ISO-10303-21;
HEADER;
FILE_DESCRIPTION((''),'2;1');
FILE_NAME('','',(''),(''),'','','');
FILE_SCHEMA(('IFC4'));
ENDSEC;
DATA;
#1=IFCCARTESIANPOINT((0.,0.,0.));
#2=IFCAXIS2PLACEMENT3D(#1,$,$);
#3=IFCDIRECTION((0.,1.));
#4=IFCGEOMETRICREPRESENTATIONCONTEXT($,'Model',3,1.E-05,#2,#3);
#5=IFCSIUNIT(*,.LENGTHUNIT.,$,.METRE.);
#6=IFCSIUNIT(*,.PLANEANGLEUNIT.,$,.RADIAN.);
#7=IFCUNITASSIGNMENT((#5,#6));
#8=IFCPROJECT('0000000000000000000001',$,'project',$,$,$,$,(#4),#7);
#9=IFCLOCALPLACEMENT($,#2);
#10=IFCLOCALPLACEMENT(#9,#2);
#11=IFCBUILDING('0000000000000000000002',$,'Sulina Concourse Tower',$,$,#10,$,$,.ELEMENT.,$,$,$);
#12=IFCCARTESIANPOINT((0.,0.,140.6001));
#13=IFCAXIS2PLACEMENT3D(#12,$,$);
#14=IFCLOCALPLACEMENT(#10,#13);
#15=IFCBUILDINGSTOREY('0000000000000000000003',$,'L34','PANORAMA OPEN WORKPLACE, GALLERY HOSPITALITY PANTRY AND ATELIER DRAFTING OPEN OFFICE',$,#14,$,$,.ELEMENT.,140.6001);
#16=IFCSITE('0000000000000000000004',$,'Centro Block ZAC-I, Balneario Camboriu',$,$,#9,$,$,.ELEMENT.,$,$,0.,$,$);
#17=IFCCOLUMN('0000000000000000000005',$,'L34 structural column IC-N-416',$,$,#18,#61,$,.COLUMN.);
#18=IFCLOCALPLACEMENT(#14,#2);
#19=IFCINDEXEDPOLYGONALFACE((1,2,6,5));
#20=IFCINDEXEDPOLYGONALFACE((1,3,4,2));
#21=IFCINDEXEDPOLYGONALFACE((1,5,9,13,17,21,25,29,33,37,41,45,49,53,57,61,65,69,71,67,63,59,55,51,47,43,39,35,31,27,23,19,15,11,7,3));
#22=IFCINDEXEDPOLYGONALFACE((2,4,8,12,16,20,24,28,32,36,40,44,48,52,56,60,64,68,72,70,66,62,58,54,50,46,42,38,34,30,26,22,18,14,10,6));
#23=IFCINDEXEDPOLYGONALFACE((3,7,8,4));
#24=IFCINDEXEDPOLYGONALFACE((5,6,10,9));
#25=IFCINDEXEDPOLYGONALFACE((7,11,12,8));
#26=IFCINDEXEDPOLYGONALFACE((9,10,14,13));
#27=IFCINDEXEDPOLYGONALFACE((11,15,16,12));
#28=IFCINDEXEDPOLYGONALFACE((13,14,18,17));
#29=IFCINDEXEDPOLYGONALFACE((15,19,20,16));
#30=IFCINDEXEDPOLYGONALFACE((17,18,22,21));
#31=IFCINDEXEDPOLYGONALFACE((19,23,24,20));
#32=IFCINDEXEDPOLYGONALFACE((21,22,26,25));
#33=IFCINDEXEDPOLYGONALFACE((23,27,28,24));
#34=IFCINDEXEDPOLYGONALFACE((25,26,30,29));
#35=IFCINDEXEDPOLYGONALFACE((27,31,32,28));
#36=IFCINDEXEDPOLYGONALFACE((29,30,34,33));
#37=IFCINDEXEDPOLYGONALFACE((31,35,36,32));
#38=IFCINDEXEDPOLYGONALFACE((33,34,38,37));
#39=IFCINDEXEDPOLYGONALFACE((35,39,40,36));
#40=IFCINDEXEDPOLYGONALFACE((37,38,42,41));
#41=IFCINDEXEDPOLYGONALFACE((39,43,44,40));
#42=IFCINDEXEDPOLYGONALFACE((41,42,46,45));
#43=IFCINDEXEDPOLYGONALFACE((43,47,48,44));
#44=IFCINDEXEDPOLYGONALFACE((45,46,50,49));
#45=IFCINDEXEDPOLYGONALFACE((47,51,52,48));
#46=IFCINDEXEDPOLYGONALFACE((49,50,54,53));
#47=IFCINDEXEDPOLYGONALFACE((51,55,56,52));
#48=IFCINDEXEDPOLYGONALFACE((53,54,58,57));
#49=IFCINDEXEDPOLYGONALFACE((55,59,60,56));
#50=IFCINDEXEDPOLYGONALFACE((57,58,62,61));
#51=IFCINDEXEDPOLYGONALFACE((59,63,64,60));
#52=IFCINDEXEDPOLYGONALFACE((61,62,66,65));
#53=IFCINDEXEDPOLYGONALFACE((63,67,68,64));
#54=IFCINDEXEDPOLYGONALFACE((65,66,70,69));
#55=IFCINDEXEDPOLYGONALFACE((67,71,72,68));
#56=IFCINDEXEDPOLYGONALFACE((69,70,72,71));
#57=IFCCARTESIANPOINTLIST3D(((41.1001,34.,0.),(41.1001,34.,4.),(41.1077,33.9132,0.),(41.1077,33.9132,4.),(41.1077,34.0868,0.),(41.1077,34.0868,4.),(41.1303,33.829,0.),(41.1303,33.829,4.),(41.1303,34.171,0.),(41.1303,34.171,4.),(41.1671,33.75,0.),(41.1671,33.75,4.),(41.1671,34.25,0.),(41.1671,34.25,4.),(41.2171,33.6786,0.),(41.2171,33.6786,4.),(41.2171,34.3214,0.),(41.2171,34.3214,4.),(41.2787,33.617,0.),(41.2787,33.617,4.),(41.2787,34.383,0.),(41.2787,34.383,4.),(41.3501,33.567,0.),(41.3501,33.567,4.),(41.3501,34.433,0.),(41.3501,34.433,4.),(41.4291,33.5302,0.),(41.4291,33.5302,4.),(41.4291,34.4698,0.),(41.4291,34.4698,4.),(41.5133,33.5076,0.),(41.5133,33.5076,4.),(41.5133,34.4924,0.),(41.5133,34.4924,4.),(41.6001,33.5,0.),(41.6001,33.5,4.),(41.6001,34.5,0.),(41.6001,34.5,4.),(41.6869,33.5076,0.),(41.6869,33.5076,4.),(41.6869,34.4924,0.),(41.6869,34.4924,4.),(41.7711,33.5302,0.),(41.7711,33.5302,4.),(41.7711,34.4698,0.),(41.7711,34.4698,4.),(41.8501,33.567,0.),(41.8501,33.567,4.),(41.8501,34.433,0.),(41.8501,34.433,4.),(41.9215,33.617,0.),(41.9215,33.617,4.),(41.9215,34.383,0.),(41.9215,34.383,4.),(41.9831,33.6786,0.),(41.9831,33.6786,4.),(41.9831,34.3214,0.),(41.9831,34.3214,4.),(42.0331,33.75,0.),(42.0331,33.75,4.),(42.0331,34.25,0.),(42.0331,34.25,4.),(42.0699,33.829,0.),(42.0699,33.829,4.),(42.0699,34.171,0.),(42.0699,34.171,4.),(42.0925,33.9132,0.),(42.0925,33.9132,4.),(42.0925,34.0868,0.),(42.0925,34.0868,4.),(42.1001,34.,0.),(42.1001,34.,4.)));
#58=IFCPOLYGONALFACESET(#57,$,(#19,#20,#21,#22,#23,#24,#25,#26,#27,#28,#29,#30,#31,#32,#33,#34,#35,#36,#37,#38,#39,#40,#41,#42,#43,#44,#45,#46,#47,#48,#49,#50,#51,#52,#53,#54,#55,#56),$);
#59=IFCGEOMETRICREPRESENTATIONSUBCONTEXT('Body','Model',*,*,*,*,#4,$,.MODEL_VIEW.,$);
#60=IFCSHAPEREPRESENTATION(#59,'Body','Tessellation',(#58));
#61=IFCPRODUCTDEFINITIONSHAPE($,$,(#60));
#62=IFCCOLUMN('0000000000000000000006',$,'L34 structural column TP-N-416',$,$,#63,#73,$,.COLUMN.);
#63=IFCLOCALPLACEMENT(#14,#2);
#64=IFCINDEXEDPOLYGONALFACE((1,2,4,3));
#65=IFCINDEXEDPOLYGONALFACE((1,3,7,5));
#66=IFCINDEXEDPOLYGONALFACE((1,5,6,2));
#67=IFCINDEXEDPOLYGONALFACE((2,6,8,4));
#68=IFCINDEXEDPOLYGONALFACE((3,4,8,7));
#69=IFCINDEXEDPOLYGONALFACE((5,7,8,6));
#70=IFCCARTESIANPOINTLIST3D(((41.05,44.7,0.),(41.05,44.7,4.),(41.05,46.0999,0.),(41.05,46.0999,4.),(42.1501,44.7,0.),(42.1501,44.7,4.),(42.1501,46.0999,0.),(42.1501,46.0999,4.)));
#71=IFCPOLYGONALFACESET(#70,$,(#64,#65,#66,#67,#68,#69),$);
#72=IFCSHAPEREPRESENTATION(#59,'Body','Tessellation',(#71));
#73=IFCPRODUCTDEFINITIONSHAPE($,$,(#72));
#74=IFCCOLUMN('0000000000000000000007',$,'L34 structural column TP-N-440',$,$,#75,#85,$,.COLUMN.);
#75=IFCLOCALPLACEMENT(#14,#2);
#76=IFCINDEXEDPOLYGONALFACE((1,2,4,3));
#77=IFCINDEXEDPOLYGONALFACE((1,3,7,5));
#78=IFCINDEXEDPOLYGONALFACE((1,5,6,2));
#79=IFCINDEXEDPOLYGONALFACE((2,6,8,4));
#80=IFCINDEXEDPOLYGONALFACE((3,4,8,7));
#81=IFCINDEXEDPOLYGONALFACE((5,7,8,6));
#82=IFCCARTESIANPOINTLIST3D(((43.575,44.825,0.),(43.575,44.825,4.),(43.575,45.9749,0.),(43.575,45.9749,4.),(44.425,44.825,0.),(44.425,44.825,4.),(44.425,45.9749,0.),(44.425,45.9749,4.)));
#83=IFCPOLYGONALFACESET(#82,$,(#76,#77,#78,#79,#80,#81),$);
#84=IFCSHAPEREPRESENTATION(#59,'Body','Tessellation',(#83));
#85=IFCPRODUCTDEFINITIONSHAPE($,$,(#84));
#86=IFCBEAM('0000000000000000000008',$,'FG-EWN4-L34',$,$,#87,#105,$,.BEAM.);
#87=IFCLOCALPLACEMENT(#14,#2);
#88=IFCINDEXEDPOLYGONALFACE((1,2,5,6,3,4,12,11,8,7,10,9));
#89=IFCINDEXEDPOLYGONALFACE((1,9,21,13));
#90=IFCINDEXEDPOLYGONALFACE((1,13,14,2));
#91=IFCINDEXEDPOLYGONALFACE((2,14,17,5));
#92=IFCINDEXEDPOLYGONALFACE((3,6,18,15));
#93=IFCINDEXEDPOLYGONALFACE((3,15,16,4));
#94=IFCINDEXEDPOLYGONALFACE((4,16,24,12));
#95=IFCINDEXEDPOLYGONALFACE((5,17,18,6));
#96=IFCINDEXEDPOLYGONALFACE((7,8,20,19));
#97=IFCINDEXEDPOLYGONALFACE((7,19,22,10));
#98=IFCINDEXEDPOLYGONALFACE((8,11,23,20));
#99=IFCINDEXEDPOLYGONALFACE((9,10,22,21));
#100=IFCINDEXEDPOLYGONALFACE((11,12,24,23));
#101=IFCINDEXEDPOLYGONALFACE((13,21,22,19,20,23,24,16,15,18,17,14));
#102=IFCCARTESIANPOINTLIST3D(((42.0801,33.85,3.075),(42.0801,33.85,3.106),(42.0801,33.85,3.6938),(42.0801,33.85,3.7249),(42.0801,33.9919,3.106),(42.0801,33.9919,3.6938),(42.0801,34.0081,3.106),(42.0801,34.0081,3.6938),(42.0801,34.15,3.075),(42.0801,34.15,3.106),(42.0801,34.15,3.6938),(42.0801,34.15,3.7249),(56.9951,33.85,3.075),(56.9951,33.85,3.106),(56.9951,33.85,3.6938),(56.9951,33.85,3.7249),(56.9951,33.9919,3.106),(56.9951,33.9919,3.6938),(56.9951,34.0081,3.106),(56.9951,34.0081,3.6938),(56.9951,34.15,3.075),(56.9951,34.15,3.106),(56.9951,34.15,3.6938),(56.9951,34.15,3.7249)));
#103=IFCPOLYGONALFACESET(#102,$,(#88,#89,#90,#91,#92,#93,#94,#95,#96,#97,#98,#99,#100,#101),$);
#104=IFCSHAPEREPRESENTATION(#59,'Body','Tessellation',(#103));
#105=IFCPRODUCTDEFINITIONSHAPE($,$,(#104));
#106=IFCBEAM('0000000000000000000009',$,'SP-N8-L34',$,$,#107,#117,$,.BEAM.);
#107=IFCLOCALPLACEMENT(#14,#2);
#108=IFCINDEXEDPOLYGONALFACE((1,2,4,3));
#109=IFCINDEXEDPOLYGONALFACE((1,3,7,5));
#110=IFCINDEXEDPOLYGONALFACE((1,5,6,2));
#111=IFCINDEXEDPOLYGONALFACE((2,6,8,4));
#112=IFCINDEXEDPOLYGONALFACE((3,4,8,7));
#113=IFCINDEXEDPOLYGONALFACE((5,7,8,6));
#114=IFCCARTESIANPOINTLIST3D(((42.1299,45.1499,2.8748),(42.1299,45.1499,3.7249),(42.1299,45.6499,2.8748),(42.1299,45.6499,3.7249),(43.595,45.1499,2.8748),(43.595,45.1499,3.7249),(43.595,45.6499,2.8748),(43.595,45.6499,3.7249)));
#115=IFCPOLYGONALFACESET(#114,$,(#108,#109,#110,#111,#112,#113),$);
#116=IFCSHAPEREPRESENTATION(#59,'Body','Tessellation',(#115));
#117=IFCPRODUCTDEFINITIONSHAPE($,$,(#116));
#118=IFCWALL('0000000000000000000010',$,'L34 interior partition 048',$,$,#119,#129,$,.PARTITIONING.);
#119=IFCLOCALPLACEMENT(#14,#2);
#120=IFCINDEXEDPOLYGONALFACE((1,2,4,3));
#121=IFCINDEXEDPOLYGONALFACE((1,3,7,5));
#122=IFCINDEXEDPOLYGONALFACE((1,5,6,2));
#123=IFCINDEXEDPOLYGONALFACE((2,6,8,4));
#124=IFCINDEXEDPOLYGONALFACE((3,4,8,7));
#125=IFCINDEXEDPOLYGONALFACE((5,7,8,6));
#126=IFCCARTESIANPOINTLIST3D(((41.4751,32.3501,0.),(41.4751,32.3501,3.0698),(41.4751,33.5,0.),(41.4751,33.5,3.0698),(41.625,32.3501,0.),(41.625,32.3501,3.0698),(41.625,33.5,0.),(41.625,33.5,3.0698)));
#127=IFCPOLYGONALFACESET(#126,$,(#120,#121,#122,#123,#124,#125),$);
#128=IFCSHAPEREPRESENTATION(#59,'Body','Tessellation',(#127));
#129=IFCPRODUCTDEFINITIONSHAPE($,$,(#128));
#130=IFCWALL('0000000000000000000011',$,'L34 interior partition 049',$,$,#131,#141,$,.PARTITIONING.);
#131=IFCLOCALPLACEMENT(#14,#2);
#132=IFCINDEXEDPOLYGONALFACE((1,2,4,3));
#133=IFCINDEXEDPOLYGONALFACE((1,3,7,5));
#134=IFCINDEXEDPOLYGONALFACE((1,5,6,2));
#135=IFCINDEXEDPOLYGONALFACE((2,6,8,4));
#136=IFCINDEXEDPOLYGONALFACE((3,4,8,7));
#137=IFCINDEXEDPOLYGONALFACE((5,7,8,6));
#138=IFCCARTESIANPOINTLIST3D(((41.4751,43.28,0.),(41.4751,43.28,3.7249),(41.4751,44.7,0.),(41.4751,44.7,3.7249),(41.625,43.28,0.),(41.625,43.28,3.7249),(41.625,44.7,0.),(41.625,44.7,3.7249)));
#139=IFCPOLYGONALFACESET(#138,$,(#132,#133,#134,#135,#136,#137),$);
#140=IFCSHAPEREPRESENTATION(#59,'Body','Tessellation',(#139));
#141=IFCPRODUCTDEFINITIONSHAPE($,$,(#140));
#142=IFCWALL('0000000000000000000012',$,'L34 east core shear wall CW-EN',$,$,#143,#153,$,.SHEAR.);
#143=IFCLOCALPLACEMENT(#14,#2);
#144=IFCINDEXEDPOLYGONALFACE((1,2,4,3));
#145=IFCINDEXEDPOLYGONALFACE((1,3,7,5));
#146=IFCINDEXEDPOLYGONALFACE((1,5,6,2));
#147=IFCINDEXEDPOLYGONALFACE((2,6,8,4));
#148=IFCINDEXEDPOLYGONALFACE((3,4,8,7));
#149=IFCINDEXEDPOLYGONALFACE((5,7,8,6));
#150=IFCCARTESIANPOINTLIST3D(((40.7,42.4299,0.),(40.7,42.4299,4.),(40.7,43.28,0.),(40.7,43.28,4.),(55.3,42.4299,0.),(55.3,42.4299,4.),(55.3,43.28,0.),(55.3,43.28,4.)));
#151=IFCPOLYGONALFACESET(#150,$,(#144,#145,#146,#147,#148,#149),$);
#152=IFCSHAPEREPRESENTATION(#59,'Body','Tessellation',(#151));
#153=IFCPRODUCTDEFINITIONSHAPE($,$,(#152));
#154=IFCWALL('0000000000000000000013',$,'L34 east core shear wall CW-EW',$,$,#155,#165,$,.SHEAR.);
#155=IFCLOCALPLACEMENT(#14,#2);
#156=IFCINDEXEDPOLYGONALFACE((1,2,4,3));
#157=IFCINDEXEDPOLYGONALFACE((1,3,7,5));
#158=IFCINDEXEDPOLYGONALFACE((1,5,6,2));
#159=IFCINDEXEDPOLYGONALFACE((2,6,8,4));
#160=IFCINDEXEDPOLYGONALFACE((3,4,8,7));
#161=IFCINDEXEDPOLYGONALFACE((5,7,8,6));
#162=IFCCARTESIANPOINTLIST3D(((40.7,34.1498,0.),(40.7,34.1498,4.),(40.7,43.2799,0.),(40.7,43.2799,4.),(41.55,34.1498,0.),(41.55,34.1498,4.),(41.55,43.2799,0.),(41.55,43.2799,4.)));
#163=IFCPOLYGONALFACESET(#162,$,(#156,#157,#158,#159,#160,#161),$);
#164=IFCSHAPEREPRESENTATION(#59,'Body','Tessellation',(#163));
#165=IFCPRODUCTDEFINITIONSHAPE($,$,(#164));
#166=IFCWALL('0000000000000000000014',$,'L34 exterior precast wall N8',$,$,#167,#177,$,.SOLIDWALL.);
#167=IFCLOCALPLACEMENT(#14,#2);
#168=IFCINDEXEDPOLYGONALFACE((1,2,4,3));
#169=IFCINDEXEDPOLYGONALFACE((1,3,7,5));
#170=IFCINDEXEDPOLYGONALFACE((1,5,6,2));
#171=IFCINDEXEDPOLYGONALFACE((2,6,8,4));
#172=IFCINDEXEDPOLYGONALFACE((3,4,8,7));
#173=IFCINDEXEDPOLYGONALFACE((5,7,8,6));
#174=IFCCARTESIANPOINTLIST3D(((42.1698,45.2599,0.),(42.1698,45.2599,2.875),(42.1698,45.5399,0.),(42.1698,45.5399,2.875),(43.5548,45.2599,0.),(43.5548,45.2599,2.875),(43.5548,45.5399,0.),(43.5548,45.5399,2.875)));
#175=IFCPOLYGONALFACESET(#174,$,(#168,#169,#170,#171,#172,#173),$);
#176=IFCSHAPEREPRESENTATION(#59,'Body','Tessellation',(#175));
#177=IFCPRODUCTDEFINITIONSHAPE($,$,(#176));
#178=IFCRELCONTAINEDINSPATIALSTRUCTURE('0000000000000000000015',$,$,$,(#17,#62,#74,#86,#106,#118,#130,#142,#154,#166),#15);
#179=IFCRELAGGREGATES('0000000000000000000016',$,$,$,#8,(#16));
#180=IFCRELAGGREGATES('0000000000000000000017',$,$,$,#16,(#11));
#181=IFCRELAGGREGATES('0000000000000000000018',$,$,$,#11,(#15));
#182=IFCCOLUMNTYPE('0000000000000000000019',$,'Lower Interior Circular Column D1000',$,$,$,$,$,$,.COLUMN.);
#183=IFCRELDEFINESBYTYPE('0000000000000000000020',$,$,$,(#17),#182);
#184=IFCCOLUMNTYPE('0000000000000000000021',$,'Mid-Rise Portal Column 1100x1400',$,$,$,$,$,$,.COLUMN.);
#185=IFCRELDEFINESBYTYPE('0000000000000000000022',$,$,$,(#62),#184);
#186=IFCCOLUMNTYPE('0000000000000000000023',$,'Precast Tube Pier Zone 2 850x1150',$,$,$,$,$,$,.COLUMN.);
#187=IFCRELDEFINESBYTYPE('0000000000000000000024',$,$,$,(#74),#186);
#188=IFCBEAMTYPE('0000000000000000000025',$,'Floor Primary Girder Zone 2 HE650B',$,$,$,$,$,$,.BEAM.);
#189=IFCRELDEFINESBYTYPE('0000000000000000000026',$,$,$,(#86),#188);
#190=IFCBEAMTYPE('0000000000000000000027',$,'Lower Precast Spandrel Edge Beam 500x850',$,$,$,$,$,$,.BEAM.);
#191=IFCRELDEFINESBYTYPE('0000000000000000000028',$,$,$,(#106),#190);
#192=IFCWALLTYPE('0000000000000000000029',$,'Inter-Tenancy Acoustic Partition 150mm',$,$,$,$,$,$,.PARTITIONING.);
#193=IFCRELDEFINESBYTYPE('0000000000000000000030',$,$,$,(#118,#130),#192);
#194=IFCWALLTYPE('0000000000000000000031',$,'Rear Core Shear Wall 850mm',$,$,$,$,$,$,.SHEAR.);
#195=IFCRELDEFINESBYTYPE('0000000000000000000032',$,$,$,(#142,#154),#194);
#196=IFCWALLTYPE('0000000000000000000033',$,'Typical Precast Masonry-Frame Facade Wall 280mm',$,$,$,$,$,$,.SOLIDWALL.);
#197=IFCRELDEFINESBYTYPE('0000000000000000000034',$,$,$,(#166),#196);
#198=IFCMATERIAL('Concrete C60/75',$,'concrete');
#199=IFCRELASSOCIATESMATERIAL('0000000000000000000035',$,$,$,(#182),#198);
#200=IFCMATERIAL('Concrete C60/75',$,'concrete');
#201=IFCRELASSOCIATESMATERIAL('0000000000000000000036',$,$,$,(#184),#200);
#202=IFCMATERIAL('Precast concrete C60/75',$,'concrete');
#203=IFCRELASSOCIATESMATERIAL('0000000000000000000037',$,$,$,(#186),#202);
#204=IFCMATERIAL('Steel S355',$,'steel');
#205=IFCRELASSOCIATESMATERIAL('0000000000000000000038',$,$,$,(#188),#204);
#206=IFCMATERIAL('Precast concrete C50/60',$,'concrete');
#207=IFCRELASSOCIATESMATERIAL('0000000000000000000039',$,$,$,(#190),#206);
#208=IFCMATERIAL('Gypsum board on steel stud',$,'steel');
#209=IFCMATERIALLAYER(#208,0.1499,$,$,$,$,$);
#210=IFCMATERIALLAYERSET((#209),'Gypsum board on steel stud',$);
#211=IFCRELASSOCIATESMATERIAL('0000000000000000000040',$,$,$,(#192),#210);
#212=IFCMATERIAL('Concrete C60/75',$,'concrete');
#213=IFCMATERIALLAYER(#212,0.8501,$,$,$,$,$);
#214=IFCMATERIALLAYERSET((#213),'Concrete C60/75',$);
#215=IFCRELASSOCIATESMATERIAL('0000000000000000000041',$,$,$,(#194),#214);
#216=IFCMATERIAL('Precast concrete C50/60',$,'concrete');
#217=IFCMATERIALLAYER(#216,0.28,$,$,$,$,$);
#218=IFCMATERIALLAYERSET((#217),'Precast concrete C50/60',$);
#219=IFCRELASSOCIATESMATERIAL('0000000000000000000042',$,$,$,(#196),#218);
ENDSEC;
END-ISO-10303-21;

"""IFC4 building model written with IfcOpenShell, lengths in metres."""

from ifc_helpers import new_model, si_unit, direction, frame, frame_2d, origin, origin_2d, place, context, subcontext, project, spatial, rectangle, circle, i_section, extrude, material, layer, layer_set, material_profile, profile_set, type_object, element, save


model = new_model("IFC4")

# Units and contexts
model_context = context("Model", 3, precision=1e-05, world=origin(), true_north=direction((0.0, 1.0)))
body_context = subcontext(model_context, "Body", "Model", "MODEL_VIEW")
ifc_project = project(units=[si_unit("LENGTHUNIT", "METRE"), si_unit("PLANEANGLEUNIT", "RADIAN")], contexts=[model_context])

# Site, building, storey
site_placement = place(None, origin())
site = spatial("IfcSite", under=ifc_project, at=site_placement, Name="Centro Block ZAC-I, Balneario Camboriu", CompositionType="ELEMENT", RefElevation=0.0)
building_placement = place(site_placement, origin())
building = spatial("IfcBuilding", under=site, at=building_placement, Name="Sulina Concourse Tower", CompositionType="ELEMENT")
storey_placement = place(building_placement, frame((0.0, 0.0, 140.6001)))
storey = spatial("IfcBuildingStorey", under=building, at=storey_placement, Name="L34", Description="PANORAMA OPEN WORKPLACE, GALLERY HOSPITALITY PANTRY AND ATELIER DRAFTING OPEN OFFICE", CompositionType="ELEMENT", Elevation=140.6001)

# Columns
ifc_material_1 = material(Name="Concrete C60/75", Category="concrete")
ifc_material_profile_1 = material_profile(ifc_material_1, circle(Radius=0.5, at=origin_2d()), Name="RC D1000")
ifc_profile_set_1 = profile_set([ifc_material_profile_1], Name="Concrete C60/75")
column_type_1 = type_object("IfcColumnType", Name="Lower Interior Circular Column D1000", PredefinedType="COLUMN", material=ifc_profile_set_1)
column_1_placement = place(storey_placement, frame((41.6001, 34.0, 0.0), z_axis=(0.0, 0.0, 1.0), x_axis=(1.0, 0.0, 0.0)))
element("IfcColumn", 1, at=column_1_placement, inside=storey, type_object=column_type_1, Name="L34 structural column IC-N-416", PredefinedType="COLUMN", context=body_context, shape_type="SweptSolid", body=[
    extrude(circle(Radius=0.5, at=origin_2d()), origin(), (0.0, 0.0, 1.0), 4.0),
])
ifc_material_2 = material(Name="Concrete C60/75", Category="concrete")
ifc_material_profile_2 = material_profile(ifc_material_2, rectangle(XDim=1.1001, YDim=1.3999, at=origin_2d()), Name="RC 1100x1400")
ifc_profile_set_2 = profile_set([ifc_material_profile_2], Name="Concrete C60/75")
column_type_2 = type_object("IfcColumnType", Name="Mid-Rise Portal Column 1100x1400", PredefinedType="COLUMN", material=ifc_profile_set_2)
column_2_placement = place(storey_placement, frame((41.6001, 45.3999, 0.0), z_axis=(0.0, 0.0, 1.0), x_axis=(1.0, 0.0, 0.0)))
element("IfcColumn", 2, at=column_2_placement, inside=storey, type_object=column_type_2, Name="L34 structural column TP-N-416", PredefinedType="COLUMN", context=body_context, shape_type="SweptSolid", body=[
    extrude(rectangle(XDim=1.1001, YDim=1.3999, at=origin_2d()), origin(), (0.0, 0.0, 1.0), 4.0),
])
ifc_material_3 = material(Name="Precast concrete C60/75", Category="concrete")
ifc_material_profile_3 = material_profile(ifc_material_3, rectangle(XDim=0.8501, YDim=1.1499, at=origin_2d()), Name="PC 850x1150")
ifc_profile_set_3 = profile_set([ifc_material_profile_3], Name="Precast concrete C60/75")
column_type_3 = type_object("IfcColumnType", Name="Precast Tube Pier Zone 2 850x1150", PredefinedType="COLUMN", material=ifc_profile_set_3)
column_3_placement = place(storey_placement, frame((44.0, 45.3999, 0.0), z_axis=(0.0, 0.0, 1.0), x_axis=(1.0, 0.0, 0.0)))
element("IfcColumn", 3, at=column_3_placement, inside=storey, type_object=column_type_3, Name="L34 structural column TP-N-440", PredefinedType="COLUMN", context=body_context, shape_type="SweptSolid", body=[
    extrude(rectangle(XDim=0.8501, YDim=1.1499, at=origin_2d()), origin(), (0.0, 0.0, 1.0), 4.0),
])

# Beams
ifc_material_4 = material(Name="Steel S355", Category="steel")
ifc_material_profile_4 = material_profile(ifc_material_4, i_section(OverallWidth=0.3, OverallDepth=0.6499, WebThickness=0.0161, FlangeThickness=0.031, at=origin_2d()), Name="HE 650 B")
ifc_profile_set_4 = profile_set([ifc_material_profile_4], Name="Steel S355")
beam_type_1 = type_object("IfcBeamType", Name="Floor Primary Girder Zone 2 HE650B", PredefinedType="BEAM", material=ifc_profile_set_4)
beam_1_placement = place(storey_placement, frame((42.0801, 34.0, 3.3999), z_axis=(1.0, 0.0, 0.0), x_axis=(0.0, 1.0, 0.0)))
element("IfcBeam", 4, at=beam_1_placement, inside=storey, type_object=beam_type_1, Name="FG-EWN4-L34", PredefinedType="BEAM", context=body_context, shape_type="SweptSolid", body=[
    extrude(i_section(OverallWidth=0.3, OverallDepth=0.6499, WebThickness=0.0161, FlangeThickness=0.031, at=origin_2d()), origin(), (0.0, 0.0, 1.0), 14.915),
])
ifc_material_5 = material(Name="Precast concrete C50/60", Category="concrete")
ifc_material_profile_5 = material_profile(ifc_material_5, rectangle(XDim=0.5, YDim=0.8501, at=origin_2d()), Name="RC 500x850")
ifc_profile_set_5 = profile_set([ifc_material_profile_5], Name="Precast concrete C50/60")
beam_type_2 = type_object("IfcBeamType", Name="Lower Precast Spandrel Edge Beam 500x850", PredefinedType="BEAM", material=ifc_profile_set_5)
beam_2_placement = place(storey_placement, frame((42.1299, 45.3999, 3.2998), z_axis=(1.0, 0.0, 0.0), x_axis=(0.0, 1.0, 0.0)))
element("IfcBeam", 5, at=beam_2_placement, inside=storey, type_object=beam_type_2, Name="SP-N8-L34", PredefinedType="BEAM", context=body_context, shape_type="SweptSolid", body=[
    extrude(rectangle(XDim=0.5, YDim=0.8501, at=origin_2d()), origin(), (0.0, 0.0, 1.0), 1.4651),
])

# Walls
ifc_material_6 = material(Name="Gypsum board on steel stud", Category="steel")
ifc_layer_1 = layer(ifc_material_6, 0.1499)
ifc_layer_set_1 = layer_set([ifc_layer_1], Name="Gypsum board on steel stud")
wall_type_1 = type_object("IfcWallType", Name="Inter-Tenancy Acoustic Partition 150mm", PredefinedType="PARTITIONING", material=ifc_layer_set_1)
wall_1_placement = place(storey_placement, frame((41.55, 32.3501, 0.0), z_axis=(0.0, 0.0, 1.0), x_axis=(0.0, 1.0, 0.0)))
element("IfcWall", 6, at=wall_1_placement, inside=storey, type_object=wall_type_1, Name="L34 interior partition 048", PredefinedType="PARTITIONING", context=body_context, shape_type="SweptSolid", body=[
    extrude(rectangle(XDim=1.1499, YDim=0.1499, at=frame_2d((0.575, 0.0))), origin(), (0.0, 0.0, 1.0), 3.0698),
])
wall_2_placement = place(storey_placement, frame((41.55, 43.28, 0.0), z_axis=(0.0, 0.0, 1.0), x_axis=(0.0, 1.0, 0.0)))
element("IfcWall", 7, at=wall_2_placement, inside=storey, type_object=wall_type_1, Name="L34 interior partition 049", PredefinedType="PARTITIONING", context=body_context, shape_type="SweptSolid", body=[
    extrude(rectangle(XDim=1.4199, YDim=0.1499, at=frame_2d((0.71, 0.0))), origin(), (0.0, 0.0, 1.0), 3.7249),
])
ifc_material_7 = material(Name="Concrete C60/75", Category="concrete")
ifc_layer_2 = layer(ifc_material_7, 0.8501)
ifc_layer_set_2 = layer_set([ifc_layer_2], Name="Concrete C60/75")
wall_type_2 = type_object("IfcWallType", Name="Rear Core Shear Wall 850mm", PredefinedType="SHEAR", material=ifc_layer_set_2)
wall_3_placement = place(storey_placement, frame((40.7, 42.855, 0.0), z_axis=(0.0, 0.0, 1.0), x_axis=(1.0, 0.0, 0.0)))
element("IfcWall", 8, at=wall_3_placement, inside=storey, type_object=wall_type_2, Name="L34 east core shear wall CW-EN", PredefinedType="SHEAR", context=body_context, shape_type="SweptSolid", body=[
    extrude(rectangle(XDim=14.6001, YDim=0.8501, at=frame_2d((7.3, 0.0))), origin(), (0.0, 0.0, 1.0), 4.0),
])
wall_4_placement = place(storey_placement, frame((41.125, 34.1499, 0.0), z_axis=(0.0, 0.0, 1.0), x_axis=(0.0, 1.0, 0.0)))
element("IfcWall", 9, at=wall_4_placement, inside=storey, type_object=wall_type_2, Name="L34 east core shear wall CW-EW", PredefinedType="SHEAR", context=body_context, shape_type="SweptSolid", body=[
    extrude(rectangle(XDim=9.1301, YDim=0.8501, at=frame_2d((4.5649, 0.0))), origin(), (0.0, 0.0, 1.0), 4.0),
])
ifc_material_8 = material(Name="Precast concrete C50/60", Category="concrete")
ifc_layer_3 = layer(ifc_material_8, 0.28)
ifc_layer_set_3 = layer_set([ifc_layer_3], Name="Precast concrete C50/60")
wall_type_3 = type_object("IfcWallType", Name="Typical Precast Masonry-Frame Facade Wall 280mm", PredefinedType="SOLIDWALL", material=ifc_layer_set_3)
wall_5_placement = place(storey_placement, frame((42.1699, 45.3999, 0.0), z_axis=(0.0, 0.0, 1.0), x_axis=(1.0, 0.0, 0.0)))
element("IfcWall", 10, at=wall_5_placement, inside=storey, type_object=wall_type_3, Name="L34 exterior precast wall N8", PredefinedType="SOLIDWALL", context=body_context, shape_type="SweptSolid", body=[
    extrude(rectangle(XDim=1.385, YDim=0.28, at=frame_2d((0.6924, 0.0))), origin(), (0.0, 0.0, 1.0), 2.875),
])

save(model, "model.ifc")
